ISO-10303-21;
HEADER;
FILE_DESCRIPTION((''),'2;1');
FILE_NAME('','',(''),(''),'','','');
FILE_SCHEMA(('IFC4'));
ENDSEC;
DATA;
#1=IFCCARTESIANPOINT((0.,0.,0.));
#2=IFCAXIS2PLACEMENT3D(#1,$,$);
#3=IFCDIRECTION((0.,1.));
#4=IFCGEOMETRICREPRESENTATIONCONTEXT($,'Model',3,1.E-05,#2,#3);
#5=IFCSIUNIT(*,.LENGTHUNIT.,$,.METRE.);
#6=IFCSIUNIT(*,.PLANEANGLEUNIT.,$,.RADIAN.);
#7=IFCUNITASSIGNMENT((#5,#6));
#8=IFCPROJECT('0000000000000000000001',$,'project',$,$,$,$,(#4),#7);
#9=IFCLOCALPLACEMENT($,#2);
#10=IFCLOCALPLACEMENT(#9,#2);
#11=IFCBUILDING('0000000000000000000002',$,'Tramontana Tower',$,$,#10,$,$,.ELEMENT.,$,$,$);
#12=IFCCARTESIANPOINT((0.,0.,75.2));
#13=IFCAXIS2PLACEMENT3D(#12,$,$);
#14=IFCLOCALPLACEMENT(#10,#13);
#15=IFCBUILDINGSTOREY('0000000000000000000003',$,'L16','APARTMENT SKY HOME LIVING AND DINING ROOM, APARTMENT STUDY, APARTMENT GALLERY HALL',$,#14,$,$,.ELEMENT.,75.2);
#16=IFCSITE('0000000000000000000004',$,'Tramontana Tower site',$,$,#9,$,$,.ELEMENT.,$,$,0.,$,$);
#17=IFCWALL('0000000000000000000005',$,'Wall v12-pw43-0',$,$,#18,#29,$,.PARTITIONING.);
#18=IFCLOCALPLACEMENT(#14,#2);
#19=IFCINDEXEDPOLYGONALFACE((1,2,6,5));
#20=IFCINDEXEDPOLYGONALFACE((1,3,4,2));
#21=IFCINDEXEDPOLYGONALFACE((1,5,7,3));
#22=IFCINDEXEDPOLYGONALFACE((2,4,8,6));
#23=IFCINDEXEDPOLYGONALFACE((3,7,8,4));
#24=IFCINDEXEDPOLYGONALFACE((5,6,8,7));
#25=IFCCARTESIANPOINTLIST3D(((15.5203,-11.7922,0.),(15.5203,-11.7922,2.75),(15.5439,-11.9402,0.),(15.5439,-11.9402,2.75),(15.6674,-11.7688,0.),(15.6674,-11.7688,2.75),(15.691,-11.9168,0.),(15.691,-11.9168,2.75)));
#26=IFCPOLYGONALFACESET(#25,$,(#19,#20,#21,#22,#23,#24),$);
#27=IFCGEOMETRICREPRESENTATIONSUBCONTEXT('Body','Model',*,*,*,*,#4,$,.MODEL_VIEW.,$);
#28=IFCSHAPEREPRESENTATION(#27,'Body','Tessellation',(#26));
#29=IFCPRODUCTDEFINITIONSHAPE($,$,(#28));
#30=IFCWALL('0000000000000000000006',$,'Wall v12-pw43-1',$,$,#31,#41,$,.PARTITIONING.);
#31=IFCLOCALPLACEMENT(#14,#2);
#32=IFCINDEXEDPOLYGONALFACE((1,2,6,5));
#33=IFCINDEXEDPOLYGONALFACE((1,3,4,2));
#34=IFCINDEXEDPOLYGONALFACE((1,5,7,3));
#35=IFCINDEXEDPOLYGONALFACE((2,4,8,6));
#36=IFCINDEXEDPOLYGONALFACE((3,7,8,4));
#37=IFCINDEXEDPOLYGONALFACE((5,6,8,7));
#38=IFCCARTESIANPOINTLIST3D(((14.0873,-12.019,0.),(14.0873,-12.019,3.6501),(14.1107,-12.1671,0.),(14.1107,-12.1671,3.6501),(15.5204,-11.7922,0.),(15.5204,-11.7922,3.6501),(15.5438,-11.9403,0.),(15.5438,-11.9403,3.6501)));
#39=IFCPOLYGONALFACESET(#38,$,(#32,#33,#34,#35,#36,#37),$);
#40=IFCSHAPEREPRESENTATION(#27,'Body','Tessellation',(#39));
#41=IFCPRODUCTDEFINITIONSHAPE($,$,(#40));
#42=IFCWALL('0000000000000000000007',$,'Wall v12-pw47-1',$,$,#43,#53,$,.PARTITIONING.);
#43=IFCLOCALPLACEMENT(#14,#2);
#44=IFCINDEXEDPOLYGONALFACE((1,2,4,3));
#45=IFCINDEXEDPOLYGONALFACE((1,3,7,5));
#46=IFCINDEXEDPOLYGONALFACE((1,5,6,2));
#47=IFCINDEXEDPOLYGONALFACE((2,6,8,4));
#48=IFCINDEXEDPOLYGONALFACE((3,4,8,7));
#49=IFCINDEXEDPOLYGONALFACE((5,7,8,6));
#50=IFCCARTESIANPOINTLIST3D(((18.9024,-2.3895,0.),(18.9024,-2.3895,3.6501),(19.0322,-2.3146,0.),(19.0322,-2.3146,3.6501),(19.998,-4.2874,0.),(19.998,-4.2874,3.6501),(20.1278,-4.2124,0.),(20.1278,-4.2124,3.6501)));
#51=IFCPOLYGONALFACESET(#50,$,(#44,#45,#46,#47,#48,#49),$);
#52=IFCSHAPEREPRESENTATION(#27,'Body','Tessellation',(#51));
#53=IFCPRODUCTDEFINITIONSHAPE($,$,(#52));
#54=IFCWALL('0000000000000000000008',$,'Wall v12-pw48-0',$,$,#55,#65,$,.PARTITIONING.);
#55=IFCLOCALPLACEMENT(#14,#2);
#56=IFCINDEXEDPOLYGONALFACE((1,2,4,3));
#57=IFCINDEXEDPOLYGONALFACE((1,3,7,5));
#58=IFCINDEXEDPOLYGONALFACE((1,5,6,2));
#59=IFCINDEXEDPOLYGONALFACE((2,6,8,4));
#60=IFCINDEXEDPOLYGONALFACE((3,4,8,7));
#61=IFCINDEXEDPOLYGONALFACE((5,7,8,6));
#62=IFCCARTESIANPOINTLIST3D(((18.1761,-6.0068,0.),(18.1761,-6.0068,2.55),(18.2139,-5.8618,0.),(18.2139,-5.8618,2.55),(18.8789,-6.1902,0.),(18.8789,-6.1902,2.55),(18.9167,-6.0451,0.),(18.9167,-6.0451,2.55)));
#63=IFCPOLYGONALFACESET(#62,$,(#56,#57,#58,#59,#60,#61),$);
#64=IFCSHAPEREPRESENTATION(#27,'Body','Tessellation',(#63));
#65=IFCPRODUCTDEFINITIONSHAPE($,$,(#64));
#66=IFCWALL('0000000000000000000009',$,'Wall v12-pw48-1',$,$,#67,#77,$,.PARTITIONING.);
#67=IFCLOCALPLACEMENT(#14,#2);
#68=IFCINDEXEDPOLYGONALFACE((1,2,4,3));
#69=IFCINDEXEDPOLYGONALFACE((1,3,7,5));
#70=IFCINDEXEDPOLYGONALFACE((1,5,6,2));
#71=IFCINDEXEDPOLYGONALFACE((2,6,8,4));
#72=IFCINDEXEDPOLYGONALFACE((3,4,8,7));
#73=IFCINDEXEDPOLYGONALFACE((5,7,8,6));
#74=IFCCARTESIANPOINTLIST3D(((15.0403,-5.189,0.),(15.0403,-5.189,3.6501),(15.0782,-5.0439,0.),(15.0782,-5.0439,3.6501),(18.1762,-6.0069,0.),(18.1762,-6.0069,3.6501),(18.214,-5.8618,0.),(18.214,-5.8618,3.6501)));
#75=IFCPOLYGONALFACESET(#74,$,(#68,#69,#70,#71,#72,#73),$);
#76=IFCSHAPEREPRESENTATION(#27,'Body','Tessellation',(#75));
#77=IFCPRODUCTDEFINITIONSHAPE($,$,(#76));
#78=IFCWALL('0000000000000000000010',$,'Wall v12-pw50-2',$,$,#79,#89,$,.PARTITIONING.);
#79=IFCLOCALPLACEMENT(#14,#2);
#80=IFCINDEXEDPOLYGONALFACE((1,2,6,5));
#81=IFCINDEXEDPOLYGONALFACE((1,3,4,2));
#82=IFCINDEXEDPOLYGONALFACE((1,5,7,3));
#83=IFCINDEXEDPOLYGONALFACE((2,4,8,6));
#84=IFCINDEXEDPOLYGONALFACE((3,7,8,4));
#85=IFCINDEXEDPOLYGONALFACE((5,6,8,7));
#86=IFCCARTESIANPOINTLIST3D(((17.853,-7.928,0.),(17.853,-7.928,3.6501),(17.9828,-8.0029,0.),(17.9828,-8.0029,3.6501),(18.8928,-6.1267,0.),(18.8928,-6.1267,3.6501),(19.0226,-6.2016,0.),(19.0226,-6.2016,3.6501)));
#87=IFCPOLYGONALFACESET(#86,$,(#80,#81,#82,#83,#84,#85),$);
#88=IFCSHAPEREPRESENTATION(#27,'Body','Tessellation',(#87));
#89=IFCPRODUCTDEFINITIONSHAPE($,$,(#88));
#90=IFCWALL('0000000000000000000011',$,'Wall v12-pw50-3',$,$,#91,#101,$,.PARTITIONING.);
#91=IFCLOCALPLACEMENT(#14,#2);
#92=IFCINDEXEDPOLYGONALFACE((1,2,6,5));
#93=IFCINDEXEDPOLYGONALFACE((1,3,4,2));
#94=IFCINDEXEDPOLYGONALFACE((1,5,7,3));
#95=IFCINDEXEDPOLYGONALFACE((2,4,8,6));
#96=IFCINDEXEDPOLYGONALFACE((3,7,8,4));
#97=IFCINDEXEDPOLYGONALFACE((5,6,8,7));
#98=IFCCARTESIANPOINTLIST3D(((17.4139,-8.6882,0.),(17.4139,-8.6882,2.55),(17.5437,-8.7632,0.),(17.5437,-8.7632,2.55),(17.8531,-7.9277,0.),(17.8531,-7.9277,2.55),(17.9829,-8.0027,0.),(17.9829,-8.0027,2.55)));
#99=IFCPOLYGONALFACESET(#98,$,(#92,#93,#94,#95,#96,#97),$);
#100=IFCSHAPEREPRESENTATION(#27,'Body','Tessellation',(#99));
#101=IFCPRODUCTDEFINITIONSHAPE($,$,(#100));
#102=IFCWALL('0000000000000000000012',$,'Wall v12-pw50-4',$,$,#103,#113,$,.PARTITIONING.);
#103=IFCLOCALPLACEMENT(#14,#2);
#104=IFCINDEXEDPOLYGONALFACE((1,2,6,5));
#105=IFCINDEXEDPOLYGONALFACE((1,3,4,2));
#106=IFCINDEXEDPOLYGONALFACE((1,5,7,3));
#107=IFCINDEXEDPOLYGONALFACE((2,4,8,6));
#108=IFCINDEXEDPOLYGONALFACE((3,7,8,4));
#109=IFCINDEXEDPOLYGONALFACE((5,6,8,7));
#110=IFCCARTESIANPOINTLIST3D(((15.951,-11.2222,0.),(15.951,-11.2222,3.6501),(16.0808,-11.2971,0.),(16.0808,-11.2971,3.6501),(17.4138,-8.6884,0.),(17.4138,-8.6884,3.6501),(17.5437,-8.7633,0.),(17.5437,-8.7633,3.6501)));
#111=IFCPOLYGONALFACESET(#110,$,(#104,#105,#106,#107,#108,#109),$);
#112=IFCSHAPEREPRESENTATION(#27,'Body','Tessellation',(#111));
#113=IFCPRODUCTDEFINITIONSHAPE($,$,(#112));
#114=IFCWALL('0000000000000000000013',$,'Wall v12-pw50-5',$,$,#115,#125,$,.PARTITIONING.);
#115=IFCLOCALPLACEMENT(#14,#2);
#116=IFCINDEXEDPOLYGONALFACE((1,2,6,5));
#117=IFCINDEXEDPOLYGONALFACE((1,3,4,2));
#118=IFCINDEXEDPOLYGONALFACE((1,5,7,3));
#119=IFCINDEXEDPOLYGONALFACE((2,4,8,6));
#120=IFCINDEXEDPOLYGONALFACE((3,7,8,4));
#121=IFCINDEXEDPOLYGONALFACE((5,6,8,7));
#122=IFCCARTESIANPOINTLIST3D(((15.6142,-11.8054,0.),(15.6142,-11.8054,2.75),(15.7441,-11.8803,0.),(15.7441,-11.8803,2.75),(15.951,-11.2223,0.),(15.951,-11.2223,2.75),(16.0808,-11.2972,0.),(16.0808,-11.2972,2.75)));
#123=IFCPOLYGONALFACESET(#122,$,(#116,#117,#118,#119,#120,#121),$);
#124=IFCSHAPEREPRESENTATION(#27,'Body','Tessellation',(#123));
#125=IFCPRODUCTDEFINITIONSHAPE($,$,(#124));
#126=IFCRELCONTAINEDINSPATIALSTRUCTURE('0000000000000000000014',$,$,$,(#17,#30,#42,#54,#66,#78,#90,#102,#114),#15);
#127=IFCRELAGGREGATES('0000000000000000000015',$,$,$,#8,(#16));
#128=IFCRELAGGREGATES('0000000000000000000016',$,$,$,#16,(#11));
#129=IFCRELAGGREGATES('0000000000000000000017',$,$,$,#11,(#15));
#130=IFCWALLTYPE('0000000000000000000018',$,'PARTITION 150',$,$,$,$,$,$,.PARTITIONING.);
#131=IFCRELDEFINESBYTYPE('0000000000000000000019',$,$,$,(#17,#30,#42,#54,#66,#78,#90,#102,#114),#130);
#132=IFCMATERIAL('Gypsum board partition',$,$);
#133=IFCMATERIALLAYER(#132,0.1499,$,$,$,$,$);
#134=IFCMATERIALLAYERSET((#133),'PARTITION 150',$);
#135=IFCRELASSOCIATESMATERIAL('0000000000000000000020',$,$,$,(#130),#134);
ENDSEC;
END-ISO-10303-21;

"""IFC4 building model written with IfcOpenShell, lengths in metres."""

from ifc_helpers import new_model, si_unit, direction, frame, frame_2d, origin, place, context, subcontext, project, spatial, rectangle, extrude, material, layer, layer_set, type_object, element, save


model = new_model("IFC4")

# Units and contexts
model_context = context("Model", 3, precision=1e-05, world=origin(), true_north=direction((0.0, 1.0)))
body_context = subcontext(model_context, "Body", "Model", "MODEL_VIEW")
ifc_project = project(units=[si_unit("LENGTHUNIT", "METRE"), si_unit("PLANEANGLEUNIT", "RADIAN")], contexts=[model_context])

# Site, building, storey
site_placement = place(None, origin())
site = spatial("IfcSite", under=ifc_project, at=site_placement, Name="Tramontana Tower site", CompositionType="ELEMENT", RefElevation=0.0)
building_placement = place(site_placement, origin())
building = spatial("IfcBuilding", under=site, at=building_placement, Name="Tramontana Tower", CompositionType="ELEMENT")
storey_placement = place(building_placement, frame((0.0, 0.0, 75.2)))
storey = spatial("IfcBuildingStorey", under=building, at=storey_placement, Name="L16", Description="APARTMENT SKY HOME LIVING AND DINING ROOM, APARTMENT STUDY, APARTMENT GALLERY HALL", CompositionType="ELEMENT", Elevation=75.2)

# Shared definitions
ifc_material_1 = material(Name="Gypsum board partition")
ifc_layer_1 = layer(ifc_material_1, 0.1499)
ifc_layer_set_1 = layer_set([ifc_layer_1], Name="PARTITION 150")
wall_type_1 = type_object("IfcWallType", Name="PARTITION 150", PredefinedType="PARTITIONING", material=ifc_layer_set_1)

# Walls
wall_1_placement = place(storey_placement, frame((15.6792, -11.8428, 0.0), z_axis=(0.0, 0.0, 1.0), x_axis=(-0.987522, -0.157479, 0.0)))
element("IfcWall", 1, at=wall_1_placement, inside=storey, type_object=wall_type_1, Name="Wall v12-pw43-0", PredefinedType="PARTITIONING", context=body_context, shape_type="SweptSolid", body=[
    extrude(rectangle(XDim=0.1489, YDim=0.1499, at=frame_2d((0.0745, 0.0))), origin(), (0.0, 0.0, 1.0), 2.75),
])
wall_2_placement = place(storey_placement, frame((15.5322, -11.8662, 0.0), z_axis=(0.0, 0.0, 1.0), x_axis=(-0.987707, -0.156317, 0.0)))
element("IfcWall", 2, at=wall_2_placement, inside=storey, type_object=wall_type_1, Name="Wall v12-pw43-1", PredefinedType="PARTITIONING", context=body_context, shape_type="SweptSolid", body=[
    extrude(rectangle(XDim=1.4509, YDim=0.1499, at=frame_2d((0.7256, 0.0))), origin(), (0.0, 0.0, 1.0), 3.6501),
])
wall_3_placement = place(storey_placement, frame((18.9673, -2.3521, 0.0), z_axis=(0.0, 0.0, 1.0), x_axis=(0.499973, -0.866041, 0.0)))
element("IfcWall", 3, at=wall_3_placement, inside=storey, type_object=wall_type_1, Name="Wall v12-pw47-1", PredefinedType="PARTITIONING", context=body_context, shape_type="SweptSolid", body=[
    extrude(rectangle(XDim=2.1914, YDim=0.1499, at=frame_2d((1.0957, 0.0))), origin(), (0.0, 0.0, 1.0), 3.6501),
])
wall_4_placement = place(storey_placement, frame((18.8979, -6.1177, 0.0), z_axis=(0.0, 0.0, 1.0), x_axis=(-0.967621, 0.252408, 0.0)))
element("IfcWall", 4, at=wall_4_placement, inside=storey, type_object=wall_type_1, Name="Wall v12-pw48-0", PredefinedType="PARTITIONING", context=body_context, shape_type="SweptSolid", body=[
    extrude(rectangle(XDim=0.7263, YDim=0.1499, at=frame_2d((0.3633, 0.0))), origin(), (0.0, 0.0, 1.0), 2.55),
])
wall_5_placement = place(storey_placement, frame((18.1951, -5.9343, 0.0), z_axis=(0.0, 0.0, 1.0), x_axis=(-0.967628, 0.252379, 0.0)))
element("IfcWall", 5, at=wall_5_placement, inside=storey, type_object=wall_type_1, Name="Wall v12-pw48-1", PredefinedType="PARTITIONING", context=body_context, shape_type="SweptSolid", body=[
    extrude(rectangle(XDim=3.2407, YDim=0.1499, at=frame_2d((1.6204, 0.0))), origin(), (0.0, 0.0, 1.0), 3.6501),
])
wall_6_placement = place(storey_placement, frame((18.9578, -6.1641, 0.0), z_axis=(0.0, 0.0, 1.0), x_axis=(-0.499939, -0.86606, 0.0)))
element("IfcWall", 6, at=wall_6_placement, inside=storey, type_object=wall_type_1, Name="Wall v12-pw50-2", PredefinedType="PARTITIONING", context=body_context, shape_type="SweptSolid", body=[
    extrude(rectangle(XDim=2.0798, YDim=0.1499, at=frame_2d((1.04, 0.0))), origin(), (0.0, 0.0, 1.0), 3.6501),
])
wall_7_placement = place(storey_placement, frame((17.918, -7.9653, 0.0), z_axis=(0.0, 0.0, 1.0), x_axis=(-0.500115, -0.865959, 0.0)))
element("IfcWall", 7, at=wall_7_placement, inside=storey, type_object=wall_type_1, Name="Wall v12-pw50-3", PredefinedType="PARTITIONING", context=body_context, shape_type="SweptSolid", body=[
    extrude(rectangle(XDim=0.8782, YDim=0.1499, at=frame_2d((0.439, 0.0))), origin(), (0.0, 0.0, 1.0), 2.55),
])
wall_8_placement = place(storey_placement, frame((17.4788, -8.7258, 0.0), z_axis=(0.0, 0.0, 1.0), x_axis=(-0.49998, -0.866037, 0.0)))
element("IfcWall", 8, at=wall_8_placement, inside=storey, type_object=wall_type_1, Name="Wall v12-pw50-4", PredefinedType="PARTITIONING", context=body_context, shape_type="SweptSolid", body=[
    extrude(rectangle(XDim=2.9258, YDim=0.1499, at=frame_2d((1.4629, 0.0))), origin(), (0.0, 0.0, 1.0), 3.6501),
])
wall_9_placement = place(storey_placement, frame((16.0159, -11.2598, 0.0), z_axis=(0.0, 0.0, 1.0), x_axis=(-0.500078, -0.86598, 0.0)))
element("IfcWall", 9, at=wall_9_placement, inside=storey, type_object=wall_type_1, Name="Wall v12-pw50-5", PredefinedType="PARTITIONING", context=body_context, shape_type="SweptSolid", body=[
    extrude(rectangle(XDim=0.6733, YDim=0.1499, at=frame_2d((0.3367, 0.0))), origin(), (0.0, 0.0, 1.0), 2.75),
])

save(model, "model.ifc")
